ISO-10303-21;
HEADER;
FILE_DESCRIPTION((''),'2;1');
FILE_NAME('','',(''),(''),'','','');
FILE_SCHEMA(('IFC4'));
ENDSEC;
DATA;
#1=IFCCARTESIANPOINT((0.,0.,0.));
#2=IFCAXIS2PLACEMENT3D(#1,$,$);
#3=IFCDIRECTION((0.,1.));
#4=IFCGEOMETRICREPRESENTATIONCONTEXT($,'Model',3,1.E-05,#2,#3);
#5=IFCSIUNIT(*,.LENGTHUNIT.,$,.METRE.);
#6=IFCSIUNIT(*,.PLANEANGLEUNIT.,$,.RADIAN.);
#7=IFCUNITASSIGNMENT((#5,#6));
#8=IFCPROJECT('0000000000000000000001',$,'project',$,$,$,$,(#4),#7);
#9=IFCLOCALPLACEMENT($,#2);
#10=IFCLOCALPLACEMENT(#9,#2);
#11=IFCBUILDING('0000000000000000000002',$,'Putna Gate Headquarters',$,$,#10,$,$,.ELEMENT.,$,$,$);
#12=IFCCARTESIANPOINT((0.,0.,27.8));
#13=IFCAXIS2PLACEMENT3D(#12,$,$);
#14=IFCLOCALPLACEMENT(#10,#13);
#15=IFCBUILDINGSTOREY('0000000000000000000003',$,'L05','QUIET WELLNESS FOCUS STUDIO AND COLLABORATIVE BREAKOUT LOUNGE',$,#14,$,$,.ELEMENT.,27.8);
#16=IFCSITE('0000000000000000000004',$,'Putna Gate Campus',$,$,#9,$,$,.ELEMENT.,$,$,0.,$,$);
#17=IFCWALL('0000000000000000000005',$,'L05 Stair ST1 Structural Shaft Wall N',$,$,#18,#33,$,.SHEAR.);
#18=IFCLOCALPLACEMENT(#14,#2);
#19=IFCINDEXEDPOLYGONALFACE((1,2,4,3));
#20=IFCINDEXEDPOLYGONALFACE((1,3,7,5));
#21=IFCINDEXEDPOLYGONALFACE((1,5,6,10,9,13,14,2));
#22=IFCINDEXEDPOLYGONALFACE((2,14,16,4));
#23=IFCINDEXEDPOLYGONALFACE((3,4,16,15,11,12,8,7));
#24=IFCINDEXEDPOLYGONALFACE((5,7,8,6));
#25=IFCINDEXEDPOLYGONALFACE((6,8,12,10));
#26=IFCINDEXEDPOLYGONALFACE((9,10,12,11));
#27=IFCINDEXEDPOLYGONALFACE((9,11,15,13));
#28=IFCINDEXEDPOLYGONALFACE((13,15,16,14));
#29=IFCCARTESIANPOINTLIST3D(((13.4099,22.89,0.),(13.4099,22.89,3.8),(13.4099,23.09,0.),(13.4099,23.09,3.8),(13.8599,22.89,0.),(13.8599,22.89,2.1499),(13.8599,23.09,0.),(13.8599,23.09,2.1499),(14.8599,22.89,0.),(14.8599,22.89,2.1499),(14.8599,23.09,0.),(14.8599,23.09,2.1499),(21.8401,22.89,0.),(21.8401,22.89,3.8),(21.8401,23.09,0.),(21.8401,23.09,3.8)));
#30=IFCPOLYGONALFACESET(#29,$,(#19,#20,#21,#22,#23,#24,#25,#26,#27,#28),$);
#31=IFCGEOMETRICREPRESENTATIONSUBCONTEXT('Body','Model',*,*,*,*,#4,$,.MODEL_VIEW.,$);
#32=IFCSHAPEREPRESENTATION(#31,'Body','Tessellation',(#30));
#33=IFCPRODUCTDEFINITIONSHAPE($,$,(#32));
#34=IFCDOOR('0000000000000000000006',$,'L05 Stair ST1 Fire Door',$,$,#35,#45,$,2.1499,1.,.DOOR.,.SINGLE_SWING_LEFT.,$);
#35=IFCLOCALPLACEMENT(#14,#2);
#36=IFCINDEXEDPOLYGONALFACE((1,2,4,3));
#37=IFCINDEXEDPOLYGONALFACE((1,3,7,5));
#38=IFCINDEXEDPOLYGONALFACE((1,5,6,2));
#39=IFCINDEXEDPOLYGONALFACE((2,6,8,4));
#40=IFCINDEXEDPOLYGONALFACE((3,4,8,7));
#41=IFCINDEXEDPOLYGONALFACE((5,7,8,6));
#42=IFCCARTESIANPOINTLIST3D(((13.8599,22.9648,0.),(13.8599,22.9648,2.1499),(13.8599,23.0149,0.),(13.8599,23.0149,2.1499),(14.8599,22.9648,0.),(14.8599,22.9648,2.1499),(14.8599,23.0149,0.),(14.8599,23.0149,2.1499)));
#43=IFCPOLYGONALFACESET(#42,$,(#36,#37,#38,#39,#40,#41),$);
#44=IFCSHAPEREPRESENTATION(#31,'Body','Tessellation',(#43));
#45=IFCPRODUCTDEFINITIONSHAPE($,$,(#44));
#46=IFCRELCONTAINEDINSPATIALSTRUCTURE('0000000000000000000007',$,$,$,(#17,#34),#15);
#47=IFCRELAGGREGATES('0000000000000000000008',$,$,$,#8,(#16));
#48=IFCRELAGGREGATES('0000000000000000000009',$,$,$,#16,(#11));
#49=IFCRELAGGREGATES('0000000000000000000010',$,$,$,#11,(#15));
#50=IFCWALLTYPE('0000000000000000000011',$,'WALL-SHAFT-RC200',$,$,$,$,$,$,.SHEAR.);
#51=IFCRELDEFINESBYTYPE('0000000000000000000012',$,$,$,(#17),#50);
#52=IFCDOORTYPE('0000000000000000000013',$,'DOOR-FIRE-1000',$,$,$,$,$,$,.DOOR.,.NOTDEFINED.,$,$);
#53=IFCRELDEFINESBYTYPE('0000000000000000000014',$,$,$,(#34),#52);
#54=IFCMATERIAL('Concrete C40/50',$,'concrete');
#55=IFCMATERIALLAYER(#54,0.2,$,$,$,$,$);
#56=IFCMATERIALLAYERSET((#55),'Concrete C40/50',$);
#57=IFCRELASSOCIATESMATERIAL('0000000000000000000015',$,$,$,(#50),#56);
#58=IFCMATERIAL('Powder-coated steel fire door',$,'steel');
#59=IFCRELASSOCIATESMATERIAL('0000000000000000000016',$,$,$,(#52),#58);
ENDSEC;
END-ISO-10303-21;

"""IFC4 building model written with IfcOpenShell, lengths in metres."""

from ifc_helpers import new_model, si_unit, direction, frame, frame_2d, origin, place, context, subcontext, project, spatial, rectangle, extrude, material, layer, layer_set, type_object, element, fill, save


model = new_model("IFC4")

# Units and contexts
model_context = context("Model", 3, precision=1e-05, world=origin(), true_north=direction((0.0, 1.0)))
body_context = subcontext(model_context, "Body", "Model", "MODEL_VIEW")
ifc_project = project(units=[si_unit("LENGTHUNIT", "METRE"), si_unit("PLANEANGLEUNIT", "RADIAN")], contexts=[model_context])

# Site, building, storey
site_placement = place(None, origin())
site = spatial("IfcSite", under=ifc_project, at=site_placement, Name="Putna Gate Campus", CompositionType="ELEMENT", RefElevation=0.0)
building_placement = place(site_placement, origin())
building = spatial("IfcBuilding", under=site, at=building_placement, Name="Putna Gate Headquarters", CompositionType="ELEMENT")
storey_placement = place(building_placement, frame((0.0, 0.0, 27.8)))
storey = spatial("IfcBuildingStorey", under=building, at=storey_placement, Name="L05", Description="QUIET WELLNESS FOCUS STUDIO AND COLLABORATIVE BREAKOUT LOUNGE", CompositionType="ELEMENT", Elevation=27.8)

# Shared definitions
ifc_material_1 = material(Name="Concrete C40/50", Category="concrete")

# Wall, opening, door
ifc_layer_1 = layer(ifc_material_1, 0.2)
ifc_layer_set_1 = layer_set([ifc_layer_1], Name="Concrete C40/50")
wall_type_1 = type_object("IfcWallType", Name="WALL-SHAFT-RC200", PredefinedType="SHEAR", material=ifc_layer_set_1)
wall_1_placement = place(storey_placement, frame((13.4099, 22.99, 0.0), z_axis=(0.0, 0.0, 1.0), x_axis=(1.0, 0.0, 0.0)))
wall_1 = element("IfcWall", 1, at=wall_1_placement, inside=storey, type_object=wall_type_1, Name="L05 Stair ST1 Structural Shaft Wall N", PredefinedType="SHEAR", context=body_context, shape_type="SweptSolid", body=[
    extrude(rectangle(XDim=8.4302, YDim=0.2, at=frame_2d((4.2151, 0.0))), origin(), (0.0, 0.0, 1.0), 3.8),
])
opening_1_placement = place(wall_1_placement, frame((0.45, 0.0, 0.0)))
opening_1 = element("IfcOpeningElement", 2, at=opening_1_placement, cuts=wall_1, PredefinedType="OPENING", context=body_context, shape_type="SweptSolid", body=[
    extrude(rectangle(XDim=1.0, YDim=2.1499, at=frame_2d((0.5, 1.075))), frame((0.0, 0.1099, 0.0), z_axis=(0.0, -1.0, 0.0), x_axis=(1.0, 0.0, 0.0)), (0.0, 0.0, 1.0), 0.22),
])
ifc_material_2 = material(Name="Powder-coated steel fire door", Category="steel")
door_type_1 = type_object("IfcDoorType", Name="DOOR-FIRE-1000", OperationType="NOTDEFINED", PredefinedType="DOOR", material=ifc_material_2)
door_1_placement = place(opening_1_placement, origin())
door_1 = element("IfcDoor", 3, at=door_1_placement, inside=storey, type_object=door_type_1, Name="L05 Stair ST1 Fire Door", OperationType="SINGLE_SWING_LEFT", OverallHeight=2.1499, OverallWidth=1.0, PredefinedType="DOOR", context=body_context, shape_type="SweptSolid", body=[
    extrude(rectangle(XDim=1.0, YDim=2.1499, at=frame_2d((0.5, 1.075))), frame((0.0, 0.0249, 0.0), z_axis=(0.0, -1.0, 0.0), x_axis=(1.0, 0.0, 0.0)), (0.0, 0.0, 1.0), 0.05),
])
fill(opening_1, door_1)

save(model, "model.ifc")
